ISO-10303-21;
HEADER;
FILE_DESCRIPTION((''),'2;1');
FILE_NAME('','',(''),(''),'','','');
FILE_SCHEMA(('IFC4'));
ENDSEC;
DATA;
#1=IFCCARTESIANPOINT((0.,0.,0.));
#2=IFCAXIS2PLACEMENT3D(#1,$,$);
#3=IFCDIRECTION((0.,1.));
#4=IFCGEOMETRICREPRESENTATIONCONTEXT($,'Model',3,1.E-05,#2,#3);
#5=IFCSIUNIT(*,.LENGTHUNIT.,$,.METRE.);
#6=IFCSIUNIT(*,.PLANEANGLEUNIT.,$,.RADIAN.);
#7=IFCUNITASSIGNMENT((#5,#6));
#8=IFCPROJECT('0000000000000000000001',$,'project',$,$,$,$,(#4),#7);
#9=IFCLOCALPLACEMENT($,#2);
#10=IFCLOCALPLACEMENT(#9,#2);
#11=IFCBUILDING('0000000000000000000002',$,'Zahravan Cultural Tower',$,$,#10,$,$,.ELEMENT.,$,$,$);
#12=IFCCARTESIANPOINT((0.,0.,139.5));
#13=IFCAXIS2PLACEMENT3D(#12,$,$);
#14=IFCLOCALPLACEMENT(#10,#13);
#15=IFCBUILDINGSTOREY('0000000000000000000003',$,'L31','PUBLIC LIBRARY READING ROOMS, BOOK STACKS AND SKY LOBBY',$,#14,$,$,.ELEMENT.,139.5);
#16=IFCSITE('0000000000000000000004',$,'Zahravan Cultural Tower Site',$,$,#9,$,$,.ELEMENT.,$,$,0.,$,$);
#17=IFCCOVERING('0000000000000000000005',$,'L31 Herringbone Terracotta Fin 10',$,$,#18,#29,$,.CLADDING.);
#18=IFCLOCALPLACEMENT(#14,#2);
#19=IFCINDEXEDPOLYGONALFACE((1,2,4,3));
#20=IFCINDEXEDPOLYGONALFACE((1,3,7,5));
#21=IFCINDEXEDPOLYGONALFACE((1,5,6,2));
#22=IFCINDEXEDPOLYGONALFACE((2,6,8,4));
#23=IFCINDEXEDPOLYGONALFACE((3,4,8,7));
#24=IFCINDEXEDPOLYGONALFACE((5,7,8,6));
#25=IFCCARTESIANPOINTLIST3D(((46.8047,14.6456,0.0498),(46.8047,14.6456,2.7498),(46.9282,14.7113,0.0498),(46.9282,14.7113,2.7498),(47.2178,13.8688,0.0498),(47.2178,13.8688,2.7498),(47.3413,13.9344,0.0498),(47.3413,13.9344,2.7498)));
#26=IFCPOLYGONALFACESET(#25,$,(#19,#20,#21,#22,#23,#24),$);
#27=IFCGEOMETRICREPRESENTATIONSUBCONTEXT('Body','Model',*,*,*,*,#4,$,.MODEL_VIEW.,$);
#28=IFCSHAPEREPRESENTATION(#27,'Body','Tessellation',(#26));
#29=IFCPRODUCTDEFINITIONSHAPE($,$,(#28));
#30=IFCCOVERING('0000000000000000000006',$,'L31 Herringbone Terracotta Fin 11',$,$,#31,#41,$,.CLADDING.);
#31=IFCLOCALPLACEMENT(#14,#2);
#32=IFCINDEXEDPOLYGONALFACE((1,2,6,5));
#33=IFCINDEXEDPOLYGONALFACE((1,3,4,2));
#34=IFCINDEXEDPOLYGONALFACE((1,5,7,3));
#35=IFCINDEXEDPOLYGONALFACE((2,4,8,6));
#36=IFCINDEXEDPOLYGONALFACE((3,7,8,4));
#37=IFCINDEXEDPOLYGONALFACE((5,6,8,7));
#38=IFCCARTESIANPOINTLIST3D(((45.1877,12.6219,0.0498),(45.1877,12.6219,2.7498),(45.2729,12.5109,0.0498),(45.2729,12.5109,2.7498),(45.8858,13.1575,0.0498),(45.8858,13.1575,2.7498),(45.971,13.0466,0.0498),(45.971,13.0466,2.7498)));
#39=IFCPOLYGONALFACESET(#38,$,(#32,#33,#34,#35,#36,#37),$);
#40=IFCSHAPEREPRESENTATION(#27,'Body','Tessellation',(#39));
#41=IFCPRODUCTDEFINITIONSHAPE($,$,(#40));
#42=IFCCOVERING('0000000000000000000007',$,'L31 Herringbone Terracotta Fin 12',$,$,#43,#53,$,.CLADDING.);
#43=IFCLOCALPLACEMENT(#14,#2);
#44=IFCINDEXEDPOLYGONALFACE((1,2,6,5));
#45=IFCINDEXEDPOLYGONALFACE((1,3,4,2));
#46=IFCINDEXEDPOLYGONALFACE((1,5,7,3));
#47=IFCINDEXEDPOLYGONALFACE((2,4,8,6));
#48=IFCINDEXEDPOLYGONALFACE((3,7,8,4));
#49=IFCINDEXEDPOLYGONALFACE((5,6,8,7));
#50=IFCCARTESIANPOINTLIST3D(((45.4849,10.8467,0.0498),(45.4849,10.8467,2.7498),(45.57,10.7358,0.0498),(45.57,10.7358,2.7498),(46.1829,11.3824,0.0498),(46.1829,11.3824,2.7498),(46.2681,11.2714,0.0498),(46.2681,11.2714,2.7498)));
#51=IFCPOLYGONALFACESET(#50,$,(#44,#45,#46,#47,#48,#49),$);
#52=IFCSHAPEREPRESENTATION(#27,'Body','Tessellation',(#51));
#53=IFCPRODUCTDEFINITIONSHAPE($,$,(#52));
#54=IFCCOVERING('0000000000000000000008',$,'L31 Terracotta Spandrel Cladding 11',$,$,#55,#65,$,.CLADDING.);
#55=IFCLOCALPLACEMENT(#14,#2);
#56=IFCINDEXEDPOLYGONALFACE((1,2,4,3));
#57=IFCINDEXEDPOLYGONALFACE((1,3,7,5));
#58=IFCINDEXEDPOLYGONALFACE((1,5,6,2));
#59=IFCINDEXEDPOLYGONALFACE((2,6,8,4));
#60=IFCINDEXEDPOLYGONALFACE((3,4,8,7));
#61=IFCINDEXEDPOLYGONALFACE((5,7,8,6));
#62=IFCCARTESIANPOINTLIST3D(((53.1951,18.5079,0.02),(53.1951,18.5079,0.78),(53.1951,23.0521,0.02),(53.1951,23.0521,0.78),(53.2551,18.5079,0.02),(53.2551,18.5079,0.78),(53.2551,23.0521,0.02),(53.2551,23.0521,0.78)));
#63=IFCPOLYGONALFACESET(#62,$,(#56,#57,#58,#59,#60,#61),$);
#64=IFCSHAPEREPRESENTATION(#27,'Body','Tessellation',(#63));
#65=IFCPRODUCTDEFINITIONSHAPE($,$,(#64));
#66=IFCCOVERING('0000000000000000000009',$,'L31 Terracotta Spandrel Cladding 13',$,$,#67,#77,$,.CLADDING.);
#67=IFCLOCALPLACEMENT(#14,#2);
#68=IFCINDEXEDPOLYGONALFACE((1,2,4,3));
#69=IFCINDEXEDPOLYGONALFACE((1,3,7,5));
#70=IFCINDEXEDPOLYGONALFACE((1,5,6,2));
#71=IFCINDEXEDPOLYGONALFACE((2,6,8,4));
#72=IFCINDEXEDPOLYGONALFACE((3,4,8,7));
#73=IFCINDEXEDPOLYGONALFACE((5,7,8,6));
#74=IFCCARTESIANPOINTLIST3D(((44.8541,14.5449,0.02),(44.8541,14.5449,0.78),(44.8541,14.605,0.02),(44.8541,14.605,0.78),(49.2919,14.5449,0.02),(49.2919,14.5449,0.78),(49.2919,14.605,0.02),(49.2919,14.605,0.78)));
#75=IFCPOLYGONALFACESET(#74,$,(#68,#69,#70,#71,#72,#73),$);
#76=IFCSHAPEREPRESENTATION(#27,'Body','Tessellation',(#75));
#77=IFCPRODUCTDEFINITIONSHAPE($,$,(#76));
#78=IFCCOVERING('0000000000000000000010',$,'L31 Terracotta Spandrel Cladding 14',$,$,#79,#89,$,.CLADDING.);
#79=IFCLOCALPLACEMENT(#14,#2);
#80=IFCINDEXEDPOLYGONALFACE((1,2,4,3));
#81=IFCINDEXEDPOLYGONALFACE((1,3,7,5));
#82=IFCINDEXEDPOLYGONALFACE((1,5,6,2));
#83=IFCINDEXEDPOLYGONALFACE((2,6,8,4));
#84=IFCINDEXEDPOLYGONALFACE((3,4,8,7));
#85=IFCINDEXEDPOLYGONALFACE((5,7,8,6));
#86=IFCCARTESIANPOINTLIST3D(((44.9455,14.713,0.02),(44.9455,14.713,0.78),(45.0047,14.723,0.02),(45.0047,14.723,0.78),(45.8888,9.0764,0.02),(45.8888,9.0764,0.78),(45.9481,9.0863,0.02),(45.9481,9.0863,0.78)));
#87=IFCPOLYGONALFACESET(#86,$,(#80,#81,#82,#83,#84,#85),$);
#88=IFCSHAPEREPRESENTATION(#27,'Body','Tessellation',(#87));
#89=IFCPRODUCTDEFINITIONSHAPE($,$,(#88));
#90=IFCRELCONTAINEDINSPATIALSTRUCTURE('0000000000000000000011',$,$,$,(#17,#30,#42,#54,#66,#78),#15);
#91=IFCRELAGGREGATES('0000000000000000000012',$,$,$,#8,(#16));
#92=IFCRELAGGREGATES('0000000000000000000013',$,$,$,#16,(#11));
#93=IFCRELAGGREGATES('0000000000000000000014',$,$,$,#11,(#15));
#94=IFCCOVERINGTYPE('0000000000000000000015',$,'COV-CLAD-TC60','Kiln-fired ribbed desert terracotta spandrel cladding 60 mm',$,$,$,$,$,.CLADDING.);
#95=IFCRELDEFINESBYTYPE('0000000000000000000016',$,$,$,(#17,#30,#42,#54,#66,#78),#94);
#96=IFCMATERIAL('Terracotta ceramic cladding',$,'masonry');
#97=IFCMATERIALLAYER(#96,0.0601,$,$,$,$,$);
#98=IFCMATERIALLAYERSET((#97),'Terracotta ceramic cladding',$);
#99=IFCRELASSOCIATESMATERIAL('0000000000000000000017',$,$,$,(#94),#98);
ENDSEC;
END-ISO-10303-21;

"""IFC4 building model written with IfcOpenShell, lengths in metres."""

from ifc_helpers import new_model, si_unit, direction, frame, origin, origin_2d, place, context, subcontext, project, spatial, rectangle, extrude, source, transform, mapped, material, layer, layer_set, type_object, element, save


model = new_model("IFC4")

# Units and contexts
model_context = context("Model", 3, precision=1e-05, world=origin(), true_north=direction((0.0, 1.0)))
body_context = subcontext(model_context, "Body", "Model", "MODEL_VIEW")
ifc_project = project(units=[si_unit("LENGTHUNIT", "METRE"), si_unit("PLANEANGLEUNIT", "RADIAN")], contexts=[model_context])

# Site, building, storey
site_placement = place(None, origin())
site = spatial("IfcSite", under=ifc_project, at=site_placement, Name="Zahravan Cultural Tower Site", CompositionType="ELEMENT", RefElevation=0.0)
building_placement = place(site_placement, origin())
building = spatial("IfcBuilding", under=site, at=building_placement, Name="Zahravan Cultural Tower", CompositionType="ELEMENT")
storey_placement = place(building_placement, frame((0.0, 0.0, 139.5)))
storey = spatial("IfcBuildingStorey", under=building, at=storey_placement, Name="L31", Description="PUBLIC LIBRARY READING ROOMS, BOOK STACKS AND SKY LOBBY", CompositionType="ELEMENT", Elevation=139.5)

# Coverings
ifc_material_1 = material(Name="Terracotta ceramic cladding", Category="masonry")
ifc_layer_1 = layer(ifc_material_1, 0.0601)
ifc_layer_set_1 = layer_set([ifc_layer_1], Name="Terracotta ceramic cladding")
covering_type = type_object("IfcCoveringType", Name="COV-CLAD-TC60", Description="Kiln-fired ribbed desert terracotta spandrel cladding 60 mm", PredefinedType="CLADDING", material=ifc_layer_set_1)
shared_shape_1 = source(origin(), body_context, "Body", "SweptSolid", [
    extrude(rectangle(XDim=0.8799, YDim=0.1399, at=origin_2d()), origin(), (0.0, 0.0, 1.0), 2.7),
])
for number, where, z_axis, x_axis, name in (
    (1, (47.073, 14.29, 0.0498), (0.0, 0.0, 1.0), (0.469472, -0.882948, 0.0), "L31 Herringbone Terracotta Fin 10"),
    (2, (45.5793, 12.8342, 0.0498), (0.0, 0.0, 1.0), (0.793343, 0.608775, 0.0), "L31 Herringbone Terracotta Fin 11"),
    (3, (45.8765, 11.0591, 0.0498), (0.0, 0.0, 1.0), (0.793343, 0.608775, 0.0), "L31 Herringbone Terracotta Fin 12"),
):
    element("IfcCovering", number, at=place(storey_placement, frame(where, z_axis=z_axis, x_axis=x_axis)), inside=storey, type_object=covering_type, Name=name, PredefinedType="CLADDING", context=body_context, shape_type="MappedRepresentation", body=[
        mapped(shared_shape_1, transform((0.0, 0.0, 0.0), x_axis=(1.0, 0.0, 0.0), y_axis=(0.0, 1.0, 0.0), z_axis=(0.0, 0.0, 1.0), scale=1.0)),
    ])
shared_shape_2 = source(origin(), body_context, "Body", "SweptSolid", [
    extrude(rectangle(XDim=4.5442, YDim=0.0601, at=origin_2d()), origin(), (0.0, 0.0, 1.0), 0.76),
])
covering_1_placement = place(storey_placement, frame((53.2251, 20.78, 0.02), z_axis=(0.0, 0.0, 1.0), x_axis=(0.0, -1.0, 0.0)))
element("IfcCovering", 4, at=covering_1_placement, inside=storey, type_object=covering_type, Name="L31 Terracotta Spandrel Cladding 11", PredefinedType="CLADDING", context=body_context, shape_type="MappedRepresentation", body=[
    mapped(shared_shape_2, transform((0.0, 0.0, 0.0), x_axis=(1.0, 0.0, 0.0), y_axis=(0.0, 1.0, 0.0), z_axis=(0.0, 0.0, 1.0), scale=1.0)),
])
shared_shape_3 = source(origin(), body_context, "Body", "SweptSolid", [
    extrude(rectangle(XDim=4.4377, YDim=0.0601, at=origin_2d()), origin(), (0.0, 0.0, 1.0), 0.76),
])
covering_2_placement = place(storey_placement, frame((47.073, 14.575, 0.02), z_axis=(0.0, 0.0, 1.0), x_axis=(-1.0, 0.0, 0.0)))
element("IfcCovering", 5, at=covering_2_placement, inside=storey, type_object=covering_type, Name="L31 Terracotta Spandrel Cladding 13", PredefinedType="CLADDING", context=body_context, shape_type="MappedRepresentation", body=[
    mapped(shared_shape_3, transform((0.0, 0.0, 0.0), x_axis=(1.0, 0.0, 0.0), y_axis=(0.0, 1.0, 0.0), z_axis=(0.0, 0.0, 1.0), scale=1.0)),
])
shared_shape_4 = source(origin(), body_context, "Body", "SweptSolid", [
    extrude(rectangle(XDim=5.7151, YDim=0.0601, at=origin_2d()), origin(), (0.0, 0.0, 1.0), 0.76),
])
covering_3_placement = place(storey_placement, frame((45.4468, 11.8997, 0.02), z_axis=(0.0, 0.0, 1.0), x_axis=(0.165065, -0.986283, 0.0)))
element("IfcCovering", 6, at=covering_3_placement, inside=storey, type_object=covering_type, Name="L31 Terracotta Spandrel Cladding 14", PredefinedType="CLADDING", context=body_context, shape_type="MappedRepresentation", body=[
    mapped(shared_shape_4, transform((0.0, 0.0, 0.0), x_axis=(1.0, 0.0, 0.0), y_axis=(0.0, 1.0, 0.0), z_axis=(0.0, 0.0, 1.0), scale=1.0)),
])

save(model, "model.ifc")
